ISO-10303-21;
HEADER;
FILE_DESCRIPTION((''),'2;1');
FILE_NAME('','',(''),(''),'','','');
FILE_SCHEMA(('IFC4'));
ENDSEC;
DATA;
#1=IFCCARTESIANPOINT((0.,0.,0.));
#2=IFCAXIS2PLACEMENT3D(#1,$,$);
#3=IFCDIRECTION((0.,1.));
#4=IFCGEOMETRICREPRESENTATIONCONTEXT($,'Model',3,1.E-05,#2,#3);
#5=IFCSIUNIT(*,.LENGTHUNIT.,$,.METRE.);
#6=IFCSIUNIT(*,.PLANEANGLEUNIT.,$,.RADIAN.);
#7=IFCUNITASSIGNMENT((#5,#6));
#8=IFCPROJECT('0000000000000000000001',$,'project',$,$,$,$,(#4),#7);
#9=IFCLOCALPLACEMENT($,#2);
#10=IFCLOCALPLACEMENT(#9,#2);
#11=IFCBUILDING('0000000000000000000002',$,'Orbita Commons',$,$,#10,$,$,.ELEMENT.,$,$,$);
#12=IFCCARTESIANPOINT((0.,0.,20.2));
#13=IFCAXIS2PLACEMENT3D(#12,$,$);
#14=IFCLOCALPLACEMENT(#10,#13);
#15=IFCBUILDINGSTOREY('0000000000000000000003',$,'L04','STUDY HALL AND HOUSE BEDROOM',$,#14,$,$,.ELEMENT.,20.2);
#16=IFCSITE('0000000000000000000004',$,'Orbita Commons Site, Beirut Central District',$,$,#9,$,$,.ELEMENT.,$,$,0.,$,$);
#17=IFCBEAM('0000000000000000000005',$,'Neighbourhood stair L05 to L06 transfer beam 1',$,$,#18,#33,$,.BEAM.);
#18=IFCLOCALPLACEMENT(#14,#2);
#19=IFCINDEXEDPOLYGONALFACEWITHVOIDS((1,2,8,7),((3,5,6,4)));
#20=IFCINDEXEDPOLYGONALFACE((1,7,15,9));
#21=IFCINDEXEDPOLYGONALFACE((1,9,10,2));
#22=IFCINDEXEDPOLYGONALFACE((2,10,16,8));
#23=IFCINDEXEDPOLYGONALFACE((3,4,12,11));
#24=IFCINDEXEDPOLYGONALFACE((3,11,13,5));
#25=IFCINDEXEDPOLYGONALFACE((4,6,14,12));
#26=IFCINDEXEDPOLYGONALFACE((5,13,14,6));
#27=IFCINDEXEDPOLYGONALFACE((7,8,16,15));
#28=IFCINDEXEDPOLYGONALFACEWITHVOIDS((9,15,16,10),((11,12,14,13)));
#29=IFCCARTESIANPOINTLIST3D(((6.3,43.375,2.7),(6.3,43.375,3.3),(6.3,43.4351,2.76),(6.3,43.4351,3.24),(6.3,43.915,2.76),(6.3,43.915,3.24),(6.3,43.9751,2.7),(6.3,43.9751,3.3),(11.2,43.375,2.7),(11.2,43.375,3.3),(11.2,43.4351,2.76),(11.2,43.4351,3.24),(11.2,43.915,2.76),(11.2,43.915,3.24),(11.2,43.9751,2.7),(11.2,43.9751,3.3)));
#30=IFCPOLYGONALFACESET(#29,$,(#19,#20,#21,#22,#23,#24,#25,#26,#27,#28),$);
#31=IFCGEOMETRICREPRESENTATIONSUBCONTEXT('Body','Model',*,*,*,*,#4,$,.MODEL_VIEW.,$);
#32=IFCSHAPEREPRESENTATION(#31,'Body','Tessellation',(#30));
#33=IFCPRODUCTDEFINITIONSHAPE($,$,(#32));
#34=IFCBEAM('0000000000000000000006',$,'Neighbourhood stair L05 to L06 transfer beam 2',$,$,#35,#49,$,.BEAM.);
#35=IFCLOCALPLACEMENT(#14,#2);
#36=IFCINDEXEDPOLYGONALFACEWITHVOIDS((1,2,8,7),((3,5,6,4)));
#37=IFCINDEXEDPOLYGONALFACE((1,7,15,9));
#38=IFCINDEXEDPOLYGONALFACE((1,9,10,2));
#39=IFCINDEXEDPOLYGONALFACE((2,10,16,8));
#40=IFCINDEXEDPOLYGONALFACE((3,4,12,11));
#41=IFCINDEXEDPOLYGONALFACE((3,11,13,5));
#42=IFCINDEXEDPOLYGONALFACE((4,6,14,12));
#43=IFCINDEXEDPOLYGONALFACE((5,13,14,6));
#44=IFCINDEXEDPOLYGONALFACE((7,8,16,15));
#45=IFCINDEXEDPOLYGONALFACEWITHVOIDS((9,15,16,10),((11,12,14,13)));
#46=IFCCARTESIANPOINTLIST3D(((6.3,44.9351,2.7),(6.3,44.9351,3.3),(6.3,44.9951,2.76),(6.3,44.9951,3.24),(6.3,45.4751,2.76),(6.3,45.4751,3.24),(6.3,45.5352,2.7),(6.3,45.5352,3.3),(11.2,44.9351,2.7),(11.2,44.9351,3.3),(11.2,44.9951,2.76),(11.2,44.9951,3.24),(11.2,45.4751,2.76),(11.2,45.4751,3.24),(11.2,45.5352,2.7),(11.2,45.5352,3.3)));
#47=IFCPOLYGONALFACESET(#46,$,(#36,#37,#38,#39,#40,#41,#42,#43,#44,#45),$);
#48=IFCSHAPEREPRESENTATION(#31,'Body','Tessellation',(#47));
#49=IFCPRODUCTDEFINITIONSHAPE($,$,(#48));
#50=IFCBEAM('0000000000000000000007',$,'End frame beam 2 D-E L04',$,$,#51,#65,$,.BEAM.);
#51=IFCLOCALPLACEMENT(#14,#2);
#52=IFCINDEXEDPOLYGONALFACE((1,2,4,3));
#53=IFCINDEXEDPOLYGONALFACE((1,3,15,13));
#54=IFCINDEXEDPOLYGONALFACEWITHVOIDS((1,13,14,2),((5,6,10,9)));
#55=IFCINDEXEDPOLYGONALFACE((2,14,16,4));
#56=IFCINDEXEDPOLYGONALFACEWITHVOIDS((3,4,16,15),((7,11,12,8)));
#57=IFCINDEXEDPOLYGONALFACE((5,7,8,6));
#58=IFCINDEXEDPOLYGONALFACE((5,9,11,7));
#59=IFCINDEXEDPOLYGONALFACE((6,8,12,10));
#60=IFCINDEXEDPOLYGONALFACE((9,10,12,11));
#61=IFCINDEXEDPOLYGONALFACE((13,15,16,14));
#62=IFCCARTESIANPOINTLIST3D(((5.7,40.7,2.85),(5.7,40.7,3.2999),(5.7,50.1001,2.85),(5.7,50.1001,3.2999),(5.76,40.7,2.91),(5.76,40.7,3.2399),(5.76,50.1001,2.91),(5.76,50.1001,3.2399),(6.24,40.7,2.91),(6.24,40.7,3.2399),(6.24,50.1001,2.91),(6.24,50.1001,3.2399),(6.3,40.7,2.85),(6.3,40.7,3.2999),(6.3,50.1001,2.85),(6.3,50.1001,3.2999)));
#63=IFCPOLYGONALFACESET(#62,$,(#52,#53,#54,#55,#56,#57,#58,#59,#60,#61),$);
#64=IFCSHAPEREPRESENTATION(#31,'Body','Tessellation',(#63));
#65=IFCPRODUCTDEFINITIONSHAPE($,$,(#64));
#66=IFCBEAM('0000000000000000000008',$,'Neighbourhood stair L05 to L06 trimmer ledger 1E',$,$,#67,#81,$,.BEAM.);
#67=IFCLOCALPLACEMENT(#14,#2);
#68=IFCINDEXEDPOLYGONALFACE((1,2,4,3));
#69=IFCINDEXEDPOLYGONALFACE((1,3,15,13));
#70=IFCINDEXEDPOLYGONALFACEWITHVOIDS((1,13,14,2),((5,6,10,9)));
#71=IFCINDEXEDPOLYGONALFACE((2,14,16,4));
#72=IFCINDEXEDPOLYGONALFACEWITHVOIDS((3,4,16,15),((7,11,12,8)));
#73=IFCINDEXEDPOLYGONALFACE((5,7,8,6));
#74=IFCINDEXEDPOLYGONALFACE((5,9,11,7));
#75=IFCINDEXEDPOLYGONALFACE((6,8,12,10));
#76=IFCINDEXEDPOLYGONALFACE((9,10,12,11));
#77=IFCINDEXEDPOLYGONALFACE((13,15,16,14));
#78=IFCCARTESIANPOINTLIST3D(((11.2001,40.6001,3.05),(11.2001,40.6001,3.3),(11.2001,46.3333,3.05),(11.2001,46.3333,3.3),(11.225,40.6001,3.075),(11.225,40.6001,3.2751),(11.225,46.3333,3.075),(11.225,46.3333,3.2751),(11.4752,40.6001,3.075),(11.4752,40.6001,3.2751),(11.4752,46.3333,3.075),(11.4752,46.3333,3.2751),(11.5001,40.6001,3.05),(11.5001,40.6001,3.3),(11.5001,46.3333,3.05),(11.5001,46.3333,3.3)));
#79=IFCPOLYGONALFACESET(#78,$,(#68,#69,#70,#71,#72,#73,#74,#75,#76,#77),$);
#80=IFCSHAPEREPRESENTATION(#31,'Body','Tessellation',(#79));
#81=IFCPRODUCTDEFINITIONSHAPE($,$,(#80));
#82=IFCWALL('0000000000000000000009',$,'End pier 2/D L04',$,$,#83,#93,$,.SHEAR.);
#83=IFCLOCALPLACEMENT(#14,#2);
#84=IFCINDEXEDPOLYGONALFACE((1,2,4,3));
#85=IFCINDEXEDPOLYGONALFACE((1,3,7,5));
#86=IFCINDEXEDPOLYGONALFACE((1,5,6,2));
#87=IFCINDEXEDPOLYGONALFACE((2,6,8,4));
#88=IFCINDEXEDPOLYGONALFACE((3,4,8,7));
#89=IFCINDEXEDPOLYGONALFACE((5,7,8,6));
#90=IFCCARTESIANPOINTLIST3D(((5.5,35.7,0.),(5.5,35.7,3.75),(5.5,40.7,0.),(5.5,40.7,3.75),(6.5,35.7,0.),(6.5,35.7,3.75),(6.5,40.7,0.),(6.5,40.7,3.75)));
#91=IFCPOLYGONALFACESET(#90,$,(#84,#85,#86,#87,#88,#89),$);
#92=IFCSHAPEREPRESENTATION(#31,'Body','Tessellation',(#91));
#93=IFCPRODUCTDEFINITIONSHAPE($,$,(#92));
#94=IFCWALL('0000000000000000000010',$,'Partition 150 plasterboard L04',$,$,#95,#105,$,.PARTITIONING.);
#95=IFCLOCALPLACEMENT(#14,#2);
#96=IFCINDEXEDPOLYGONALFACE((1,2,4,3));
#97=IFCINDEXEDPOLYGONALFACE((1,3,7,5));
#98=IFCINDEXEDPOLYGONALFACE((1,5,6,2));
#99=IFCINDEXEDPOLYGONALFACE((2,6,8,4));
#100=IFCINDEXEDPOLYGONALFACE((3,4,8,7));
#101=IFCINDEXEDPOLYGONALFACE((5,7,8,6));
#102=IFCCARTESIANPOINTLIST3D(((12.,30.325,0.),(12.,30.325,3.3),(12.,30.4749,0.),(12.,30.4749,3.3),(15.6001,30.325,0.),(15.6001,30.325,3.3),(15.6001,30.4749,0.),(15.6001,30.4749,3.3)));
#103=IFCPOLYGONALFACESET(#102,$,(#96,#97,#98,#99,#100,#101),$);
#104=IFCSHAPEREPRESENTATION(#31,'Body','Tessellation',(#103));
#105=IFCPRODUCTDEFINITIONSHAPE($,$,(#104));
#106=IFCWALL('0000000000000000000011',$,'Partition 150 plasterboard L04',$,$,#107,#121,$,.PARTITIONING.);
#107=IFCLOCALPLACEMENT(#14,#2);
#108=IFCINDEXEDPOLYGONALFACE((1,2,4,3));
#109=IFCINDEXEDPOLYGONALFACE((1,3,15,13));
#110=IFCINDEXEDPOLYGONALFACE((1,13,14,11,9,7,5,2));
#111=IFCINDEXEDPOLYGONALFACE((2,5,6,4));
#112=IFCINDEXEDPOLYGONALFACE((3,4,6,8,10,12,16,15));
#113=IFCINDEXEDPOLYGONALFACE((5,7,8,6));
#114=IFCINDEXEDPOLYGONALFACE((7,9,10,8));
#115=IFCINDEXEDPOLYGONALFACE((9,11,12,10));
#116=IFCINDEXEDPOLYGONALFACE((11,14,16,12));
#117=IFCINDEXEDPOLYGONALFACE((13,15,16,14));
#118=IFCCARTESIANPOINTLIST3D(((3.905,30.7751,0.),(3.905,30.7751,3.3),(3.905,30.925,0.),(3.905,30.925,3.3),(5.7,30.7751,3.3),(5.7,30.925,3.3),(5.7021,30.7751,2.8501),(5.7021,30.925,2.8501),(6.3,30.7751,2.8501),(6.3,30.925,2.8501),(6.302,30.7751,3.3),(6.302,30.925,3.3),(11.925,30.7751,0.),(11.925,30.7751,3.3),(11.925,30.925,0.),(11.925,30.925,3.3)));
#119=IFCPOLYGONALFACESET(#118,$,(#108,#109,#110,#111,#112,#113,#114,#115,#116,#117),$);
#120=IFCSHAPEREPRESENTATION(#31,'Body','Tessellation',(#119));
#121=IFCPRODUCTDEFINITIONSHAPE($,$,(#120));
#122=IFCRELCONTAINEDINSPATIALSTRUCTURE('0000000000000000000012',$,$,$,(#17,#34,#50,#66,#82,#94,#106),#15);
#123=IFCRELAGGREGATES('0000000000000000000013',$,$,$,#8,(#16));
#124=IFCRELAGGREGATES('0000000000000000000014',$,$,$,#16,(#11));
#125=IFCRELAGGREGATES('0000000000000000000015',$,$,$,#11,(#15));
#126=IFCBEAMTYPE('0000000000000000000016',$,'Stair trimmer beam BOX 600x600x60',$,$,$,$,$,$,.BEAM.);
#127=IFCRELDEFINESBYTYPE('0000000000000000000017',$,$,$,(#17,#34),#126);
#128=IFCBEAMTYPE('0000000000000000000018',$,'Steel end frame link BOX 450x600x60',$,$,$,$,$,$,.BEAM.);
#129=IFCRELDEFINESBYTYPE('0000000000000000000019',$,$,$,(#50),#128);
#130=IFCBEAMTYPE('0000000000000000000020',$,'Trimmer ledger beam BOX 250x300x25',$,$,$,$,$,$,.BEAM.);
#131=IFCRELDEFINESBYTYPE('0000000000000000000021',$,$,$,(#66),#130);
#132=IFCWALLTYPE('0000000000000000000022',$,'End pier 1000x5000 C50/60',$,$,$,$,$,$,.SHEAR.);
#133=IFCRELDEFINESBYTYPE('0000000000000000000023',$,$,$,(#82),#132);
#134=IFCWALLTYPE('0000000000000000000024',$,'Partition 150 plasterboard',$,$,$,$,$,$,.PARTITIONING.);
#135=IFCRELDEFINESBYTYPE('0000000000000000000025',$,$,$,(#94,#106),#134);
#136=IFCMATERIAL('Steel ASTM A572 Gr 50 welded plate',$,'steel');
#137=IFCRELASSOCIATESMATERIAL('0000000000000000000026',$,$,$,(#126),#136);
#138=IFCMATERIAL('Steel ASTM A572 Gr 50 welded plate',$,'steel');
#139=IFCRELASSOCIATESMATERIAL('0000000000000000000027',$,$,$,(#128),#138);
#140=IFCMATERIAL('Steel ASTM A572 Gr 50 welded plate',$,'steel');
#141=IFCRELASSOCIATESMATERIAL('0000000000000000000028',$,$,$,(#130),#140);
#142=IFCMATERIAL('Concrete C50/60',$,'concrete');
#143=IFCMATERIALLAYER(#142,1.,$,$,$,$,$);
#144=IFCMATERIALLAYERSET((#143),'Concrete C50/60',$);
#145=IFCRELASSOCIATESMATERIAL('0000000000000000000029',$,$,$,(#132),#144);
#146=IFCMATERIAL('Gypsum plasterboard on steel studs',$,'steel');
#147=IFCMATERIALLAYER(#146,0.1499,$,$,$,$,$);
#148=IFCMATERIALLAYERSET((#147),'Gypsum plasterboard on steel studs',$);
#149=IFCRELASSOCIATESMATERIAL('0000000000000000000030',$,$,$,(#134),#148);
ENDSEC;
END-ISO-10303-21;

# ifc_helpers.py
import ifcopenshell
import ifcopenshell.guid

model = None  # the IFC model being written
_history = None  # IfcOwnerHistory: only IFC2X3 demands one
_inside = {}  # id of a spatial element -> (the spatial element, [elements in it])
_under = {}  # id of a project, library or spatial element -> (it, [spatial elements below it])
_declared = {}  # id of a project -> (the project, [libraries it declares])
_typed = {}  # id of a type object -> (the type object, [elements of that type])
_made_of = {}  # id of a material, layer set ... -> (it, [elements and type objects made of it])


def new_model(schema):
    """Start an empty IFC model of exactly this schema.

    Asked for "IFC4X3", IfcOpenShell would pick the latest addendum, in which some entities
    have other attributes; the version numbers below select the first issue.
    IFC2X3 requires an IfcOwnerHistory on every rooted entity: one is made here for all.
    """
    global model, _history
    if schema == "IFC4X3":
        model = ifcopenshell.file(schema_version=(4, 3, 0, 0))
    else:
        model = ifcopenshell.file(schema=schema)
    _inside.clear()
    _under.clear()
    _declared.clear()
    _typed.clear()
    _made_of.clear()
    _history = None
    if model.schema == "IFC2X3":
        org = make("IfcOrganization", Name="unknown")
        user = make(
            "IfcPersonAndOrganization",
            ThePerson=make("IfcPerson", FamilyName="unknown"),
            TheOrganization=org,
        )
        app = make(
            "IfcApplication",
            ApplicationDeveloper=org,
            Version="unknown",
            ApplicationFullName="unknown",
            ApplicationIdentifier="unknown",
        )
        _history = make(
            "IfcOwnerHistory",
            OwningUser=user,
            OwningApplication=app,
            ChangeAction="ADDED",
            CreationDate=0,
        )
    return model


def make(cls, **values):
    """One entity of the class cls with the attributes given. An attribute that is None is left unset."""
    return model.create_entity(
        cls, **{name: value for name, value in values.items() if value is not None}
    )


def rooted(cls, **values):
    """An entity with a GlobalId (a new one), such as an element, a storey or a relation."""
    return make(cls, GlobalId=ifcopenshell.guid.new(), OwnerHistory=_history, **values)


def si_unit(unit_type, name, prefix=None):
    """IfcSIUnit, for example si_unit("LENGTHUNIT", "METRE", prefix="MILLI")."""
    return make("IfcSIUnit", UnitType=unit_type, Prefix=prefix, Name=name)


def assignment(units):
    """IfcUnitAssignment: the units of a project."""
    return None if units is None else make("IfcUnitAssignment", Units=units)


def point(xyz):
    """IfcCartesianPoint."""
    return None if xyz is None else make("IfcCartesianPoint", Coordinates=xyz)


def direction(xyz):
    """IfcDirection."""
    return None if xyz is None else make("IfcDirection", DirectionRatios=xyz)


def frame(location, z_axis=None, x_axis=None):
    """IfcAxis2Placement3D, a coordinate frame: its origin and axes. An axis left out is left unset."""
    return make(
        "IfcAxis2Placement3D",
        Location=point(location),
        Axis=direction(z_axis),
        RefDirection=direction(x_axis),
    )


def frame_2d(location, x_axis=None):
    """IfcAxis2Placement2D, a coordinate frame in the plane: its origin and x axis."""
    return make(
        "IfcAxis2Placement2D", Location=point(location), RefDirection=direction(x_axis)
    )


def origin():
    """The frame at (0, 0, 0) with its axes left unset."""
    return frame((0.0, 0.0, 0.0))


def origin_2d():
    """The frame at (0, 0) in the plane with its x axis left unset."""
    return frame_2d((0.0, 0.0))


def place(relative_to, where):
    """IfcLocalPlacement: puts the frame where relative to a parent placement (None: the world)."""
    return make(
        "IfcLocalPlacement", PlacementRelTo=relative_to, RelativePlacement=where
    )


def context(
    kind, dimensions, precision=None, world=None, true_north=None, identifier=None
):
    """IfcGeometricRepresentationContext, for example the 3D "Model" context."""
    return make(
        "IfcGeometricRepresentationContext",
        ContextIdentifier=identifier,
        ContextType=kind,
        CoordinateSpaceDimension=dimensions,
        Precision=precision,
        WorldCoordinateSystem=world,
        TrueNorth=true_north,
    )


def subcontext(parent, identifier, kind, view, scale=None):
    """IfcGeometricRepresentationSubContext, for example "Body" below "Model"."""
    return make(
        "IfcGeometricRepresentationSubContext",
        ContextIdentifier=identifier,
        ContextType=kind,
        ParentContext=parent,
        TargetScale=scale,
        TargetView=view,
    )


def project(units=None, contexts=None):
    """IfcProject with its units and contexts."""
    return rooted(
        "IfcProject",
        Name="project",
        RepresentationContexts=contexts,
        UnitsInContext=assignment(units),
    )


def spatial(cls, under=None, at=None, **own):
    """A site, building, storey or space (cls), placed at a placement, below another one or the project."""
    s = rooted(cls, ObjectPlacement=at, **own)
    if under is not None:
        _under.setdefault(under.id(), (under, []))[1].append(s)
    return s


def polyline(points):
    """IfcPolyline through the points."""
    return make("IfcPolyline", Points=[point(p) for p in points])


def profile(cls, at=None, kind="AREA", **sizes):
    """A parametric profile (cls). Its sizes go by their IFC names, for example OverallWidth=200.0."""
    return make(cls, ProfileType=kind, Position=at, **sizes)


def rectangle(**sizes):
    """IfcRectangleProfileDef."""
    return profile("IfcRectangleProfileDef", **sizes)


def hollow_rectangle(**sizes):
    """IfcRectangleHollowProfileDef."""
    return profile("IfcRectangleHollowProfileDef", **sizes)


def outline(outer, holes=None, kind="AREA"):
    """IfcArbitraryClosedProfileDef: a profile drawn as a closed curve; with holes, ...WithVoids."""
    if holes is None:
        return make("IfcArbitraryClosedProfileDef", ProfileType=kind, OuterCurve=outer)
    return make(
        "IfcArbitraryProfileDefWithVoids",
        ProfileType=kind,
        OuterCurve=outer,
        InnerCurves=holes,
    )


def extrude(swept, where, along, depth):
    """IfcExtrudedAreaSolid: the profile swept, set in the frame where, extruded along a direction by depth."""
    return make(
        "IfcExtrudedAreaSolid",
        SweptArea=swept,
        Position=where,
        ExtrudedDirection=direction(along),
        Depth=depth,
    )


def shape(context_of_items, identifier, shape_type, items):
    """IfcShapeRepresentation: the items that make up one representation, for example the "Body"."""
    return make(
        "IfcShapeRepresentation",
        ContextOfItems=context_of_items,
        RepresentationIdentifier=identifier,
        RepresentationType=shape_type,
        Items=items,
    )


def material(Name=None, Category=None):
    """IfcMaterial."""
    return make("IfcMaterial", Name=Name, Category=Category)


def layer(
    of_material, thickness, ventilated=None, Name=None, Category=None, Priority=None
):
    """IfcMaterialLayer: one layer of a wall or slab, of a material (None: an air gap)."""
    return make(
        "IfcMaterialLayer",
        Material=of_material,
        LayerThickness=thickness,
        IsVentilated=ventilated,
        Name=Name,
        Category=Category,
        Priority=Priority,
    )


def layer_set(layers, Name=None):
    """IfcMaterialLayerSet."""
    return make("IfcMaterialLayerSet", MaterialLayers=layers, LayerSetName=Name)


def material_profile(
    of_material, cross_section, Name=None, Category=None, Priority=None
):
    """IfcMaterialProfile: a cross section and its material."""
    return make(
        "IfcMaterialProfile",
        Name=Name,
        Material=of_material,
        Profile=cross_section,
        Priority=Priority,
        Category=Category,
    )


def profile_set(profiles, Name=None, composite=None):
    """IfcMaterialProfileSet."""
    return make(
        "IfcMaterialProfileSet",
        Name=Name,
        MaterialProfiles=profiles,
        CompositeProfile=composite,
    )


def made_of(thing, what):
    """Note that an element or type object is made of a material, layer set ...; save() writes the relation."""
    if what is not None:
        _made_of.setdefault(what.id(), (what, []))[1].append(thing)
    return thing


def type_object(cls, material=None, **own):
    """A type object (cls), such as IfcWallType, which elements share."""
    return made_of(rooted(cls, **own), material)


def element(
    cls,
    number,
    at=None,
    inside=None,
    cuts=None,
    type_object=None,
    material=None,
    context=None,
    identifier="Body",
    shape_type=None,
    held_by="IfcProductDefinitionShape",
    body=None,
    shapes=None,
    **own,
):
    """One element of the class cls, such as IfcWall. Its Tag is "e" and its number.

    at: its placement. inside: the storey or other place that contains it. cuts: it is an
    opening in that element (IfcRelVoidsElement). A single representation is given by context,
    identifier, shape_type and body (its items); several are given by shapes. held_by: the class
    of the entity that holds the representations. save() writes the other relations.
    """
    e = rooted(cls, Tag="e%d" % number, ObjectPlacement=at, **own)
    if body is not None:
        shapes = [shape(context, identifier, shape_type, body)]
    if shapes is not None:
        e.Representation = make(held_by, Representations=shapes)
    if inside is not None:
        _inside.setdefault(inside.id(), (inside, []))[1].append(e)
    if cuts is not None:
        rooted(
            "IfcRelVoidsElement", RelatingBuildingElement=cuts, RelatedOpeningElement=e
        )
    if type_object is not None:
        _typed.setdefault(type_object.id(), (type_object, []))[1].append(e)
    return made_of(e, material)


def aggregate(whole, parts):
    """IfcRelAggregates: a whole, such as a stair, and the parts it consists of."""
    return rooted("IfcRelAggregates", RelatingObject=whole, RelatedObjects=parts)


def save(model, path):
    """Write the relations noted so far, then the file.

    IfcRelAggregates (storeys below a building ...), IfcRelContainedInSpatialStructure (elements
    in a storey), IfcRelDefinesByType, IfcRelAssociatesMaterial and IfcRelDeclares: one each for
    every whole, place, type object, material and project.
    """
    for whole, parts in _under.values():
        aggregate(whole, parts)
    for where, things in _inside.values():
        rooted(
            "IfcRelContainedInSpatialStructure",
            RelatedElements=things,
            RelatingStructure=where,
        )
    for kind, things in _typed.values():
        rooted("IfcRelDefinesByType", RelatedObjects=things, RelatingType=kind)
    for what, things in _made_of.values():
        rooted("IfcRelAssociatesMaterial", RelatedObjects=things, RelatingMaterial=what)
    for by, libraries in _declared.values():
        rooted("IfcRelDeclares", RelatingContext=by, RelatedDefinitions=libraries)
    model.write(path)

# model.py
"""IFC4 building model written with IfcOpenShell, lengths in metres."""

from ifc_helpers import new_model, si_unit, direction, frame, frame_2d, origin, origin_2d, place, context, subcontext, project, spatial, polyline, rectangle, hollow_rectangle, outline, extrude, material, layer, layer_set, material_profile, profile_set, type_object, element, save


model = new_model("IFC4")

# Units and contexts
model_context = context("Model", 3, precision=1e-05, world=origin(), true_north=direction((0.0, 1.0)))
body_context = subcontext(model_context, "Body", "Model", "MODEL_VIEW")
ifc_project = project(units=[si_unit("LENGTHUNIT", "METRE"), si_unit("PLANEANGLEUNIT", "RADIAN")], contexts=[model_context])

# Site, building, storey
site_placement = place(None, origin())
site = spatial("IfcSite", under=ifc_project, at=site_placement, Name="Orbita Commons Site, Beirut Central District", CompositionType="ELEMENT", RefElevation=0.0)
building_placement = place(site_placement, origin())
building = spatial("IfcBuilding", under=site, at=building_placement, Name="Orbita Commons", CompositionType="ELEMENT")
storey_placement = place(building_placement, frame((0.0, 0.0, 20.2)))
storey = spatial("IfcBuildingStorey", under=building, at=storey_placement, Name="L04", Description="STUDY HALL AND HOUSE BEDROOM", CompositionType="ELEMENT", Elevation=20.2)

# Beams
ifc_material_1 = material(Name="Steel ASTM A572 Gr 50 welded plate", Category="steel")
ifc_material_profile_1 = material_profile(ifc_material_1, hollow_rectangle(XDim=0.6001, YDim=0.6001, WallThickness=0.0601, at=origin_2d()), Name="BOX 600x600x60")
ifc_profile_set_1 = profile_set([ifc_material_profile_1], Name="Steel ASTM A572 Gr 50 welded plate")
beam_type_1 = type_object("IfcBeamType", Name="Stair trimmer beam BOX 600x600x60", PredefinedType="BEAM", material=ifc_profile_set_1)
for number, where, z_axis, x_axis, name in (
    (1, (6.3, 43.675, 3.0), (1.0, 0.0, 0.0), (0.0, 1.0, 0.0), "Neighbourhood stair L05 to L06 transfer beam 1"),
    (2, (6.3, 45.2351, 3.0), (1.0, 0.0, 0.0), (0.0, 1.0, 0.0), "Neighbourhood stair L05 to L06 transfer beam 2"),
):
    element("IfcBeam", number, at=place(storey_placement, frame(where, z_axis=z_axis, x_axis=x_axis)), inside=storey, type_object=beam_type_1, Name=name, PredefinedType="BEAM", context=body_context, shape_type="SweptSolid", body=[
        extrude(hollow_rectangle(XDim=0.6001, YDim=0.6001, WallThickness=0.0601, at=origin_2d()), origin(), (0.0, 0.0, 1.0), 4.8999),
    ])
ifc_material_2 = material(Name="Steel ASTM A572 Gr 50 welded plate", Category="steel")
ifc_material_profile_2 = material_profile(ifc_material_2, hollow_rectangle(XDim=0.6001, YDim=0.45, WallThickness=0.0601, at=origin_2d()), Name="BOX 450x600x60")
ifc_profile_set_2 = profile_set([ifc_material_profile_2], Name="Steel ASTM A572 Gr 50 welded plate")
beam_type_2 = type_object("IfcBeamType", Name="Steel end frame link BOX 450x600x60", PredefinedType="BEAM", material=ifc_profile_set_2)
beam_1_placement = place(storey_placement, frame((6.0, 40.7, 3.075), z_axis=(0.0, 1.0, 0.0), x_axis=(-1.0, 0.0, 0.0)))
element("IfcBeam", 3, at=beam_1_placement, inside=storey, type_object=beam_type_2, Name="End frame beam 2 D-E L04", PredefinedType="BEAM", context=body_context, shape_type="SweptSolid", body=[
    extrude(hollow_rectangle(XDim=0.6001, YDim=0.45, WallThickness=0.0601, at=origin_2d()), origin(), (0.0, 0.0, 1.0), 9.4001),
])
ifc_material_3 = material(Name="Steel ASTM A572 Gr 50 welded plate", Category="steel")
ifc_material_profile_3 = material_profile(ifc_material_3, hollow_rectangle(XDim=0.3, YDim=0.25, WallThickness=0.0249, at=origin_2d()), Name="BOX 250x300x25")
ifc_profile_set_3 = profile_set([ifc_material_profile_3], Name="Steel ASTM A572 Gr 50 welded plate")
beam_type_3 = type_object("IfcBeamType", Name="Trimmer ledger beam BOX 250x300x25", PredefinedType="BEAM", material=ifc_profile_set_3)
beam_2_placement = place(storey_placement, frame((11.3501, 40.6001, 3.175), z_axis=(0.0, 1.0, 0.0), x_axis=(-1.0, 0.0, 0.0)))
element("IfcBeam", 4, at=beam_2_placement, inside=storey, type_object=beam_type_3, Name="Neighbourhood stair L05 to L06 trimmer ledger 1E", PredefinedType="BEAM", context=body_context, shape_type="SweptSolid", body=[
    extrude(hollow_rectangle(XDim=0.3, YDim=0.25, WallThickness=0.0249, at=origin_2d()), origin(), (0.0, 0.0, 1.0), 5.7332),
])

# Walls
ifc_material_4 = material(Name="Concrete C50/60", Category="concrete")
ifc_layer_1 = layer(ifc_material_4, 1.0)
ifc_layer_set_1 = layer_set([ifc_layer_1], Name="Concrete C50/60")
wall_type_1 = type_object("IfcWallType", Name="End pier 1000x5000 C50/60", PredefinedType="SHEAR", material=ifc_layer_set_1)
wall_1_placement = place(storey_placement, frame((6.0, 35.7, 0.0), z_axis=(0.0, 0.0, 1.0), x_axis=(0.0, 1.0, 0.0)))
element("IfcWall", 5, at=wall_1_placement, inside=storey, type_object=wall_type_1, Name="End pier 2/D L04", PredefinedType="SHEAR", context=body_context, shape_type="SweptSolid", body=[
    extrude(rectangle(XDim=5.0, YDim=1.0, at=frame_2d((2.5, 0.0))), origin(), (0.0, 0.0, 1.0), 3.75),
])
ifc_material_5 = material(Name="Gypsum plasterboard on steel studs", Category="steel")
ifc_layer_2 = layer(ifc_material_5, 0.1499)
ifc_layer_set_2 = layer_set([ifc_layer_2], Name="Gypsum plasterboard on steel studs")
wall_type_2 = type_object("IfcWallType", Name="Partition 150 plasterboard", PredefinedType="PARTITIONING", material=ifc_layer_set_2)
wall_2_placement = place(storey_placement, frame((12.0, 30.3999, 0.0), z_axis=(0.0, 0.0, 1.0), x_axis=(1.0, 0.0, 0.0)))
element("IfcWall", 6, at=wall_2_placement, inside=storey, type_object=wall_type_2, Name="Partition 150 plasterboard L04", PredefinedType="PARTITIONING", context=body_context, shape_type="SweptSolid", body=[
    extrude(rectangle(XDim=3.6001, YDim=0.1499, at=frame_2d((1.8, 0.0))), origin(), (0.0, 0.0, 1.0), 3.3),
])
wall_3_placement = place(storey_placement, frame((3.905, 30.8501, 0.0), z_axis=(0.0, 0.0, 1.0), x_axis=(1.0, 0.0, 0.0)))
element("IfcWall", 7, at=wall_3_placement, inside=storey, type_object=wall_type_2, Name="Partition 150 plasterboard L04", PredefinedType="PARTITIONING", context=body_context, shape_type="SweptSolid", body=[
    extrude(outline(polyline([(0.0, 0.0), (8.02, 0.0), (8.02, 3.3), (2.397, 3.3), (2.395, 2.8501), (1.7971, 2.8501), (1.7949, 3.3), (0.0, 3.3), (0.0, 0.0)])), frame((0.0, 0.075, 0.0), z_axis=(0.0, -1.0, 0.0), x_axis=(1.0, 0.0, 0.0)), (0.0, 0.0, 1.0), 0.1499),
])

save(model, "model.ifc")
